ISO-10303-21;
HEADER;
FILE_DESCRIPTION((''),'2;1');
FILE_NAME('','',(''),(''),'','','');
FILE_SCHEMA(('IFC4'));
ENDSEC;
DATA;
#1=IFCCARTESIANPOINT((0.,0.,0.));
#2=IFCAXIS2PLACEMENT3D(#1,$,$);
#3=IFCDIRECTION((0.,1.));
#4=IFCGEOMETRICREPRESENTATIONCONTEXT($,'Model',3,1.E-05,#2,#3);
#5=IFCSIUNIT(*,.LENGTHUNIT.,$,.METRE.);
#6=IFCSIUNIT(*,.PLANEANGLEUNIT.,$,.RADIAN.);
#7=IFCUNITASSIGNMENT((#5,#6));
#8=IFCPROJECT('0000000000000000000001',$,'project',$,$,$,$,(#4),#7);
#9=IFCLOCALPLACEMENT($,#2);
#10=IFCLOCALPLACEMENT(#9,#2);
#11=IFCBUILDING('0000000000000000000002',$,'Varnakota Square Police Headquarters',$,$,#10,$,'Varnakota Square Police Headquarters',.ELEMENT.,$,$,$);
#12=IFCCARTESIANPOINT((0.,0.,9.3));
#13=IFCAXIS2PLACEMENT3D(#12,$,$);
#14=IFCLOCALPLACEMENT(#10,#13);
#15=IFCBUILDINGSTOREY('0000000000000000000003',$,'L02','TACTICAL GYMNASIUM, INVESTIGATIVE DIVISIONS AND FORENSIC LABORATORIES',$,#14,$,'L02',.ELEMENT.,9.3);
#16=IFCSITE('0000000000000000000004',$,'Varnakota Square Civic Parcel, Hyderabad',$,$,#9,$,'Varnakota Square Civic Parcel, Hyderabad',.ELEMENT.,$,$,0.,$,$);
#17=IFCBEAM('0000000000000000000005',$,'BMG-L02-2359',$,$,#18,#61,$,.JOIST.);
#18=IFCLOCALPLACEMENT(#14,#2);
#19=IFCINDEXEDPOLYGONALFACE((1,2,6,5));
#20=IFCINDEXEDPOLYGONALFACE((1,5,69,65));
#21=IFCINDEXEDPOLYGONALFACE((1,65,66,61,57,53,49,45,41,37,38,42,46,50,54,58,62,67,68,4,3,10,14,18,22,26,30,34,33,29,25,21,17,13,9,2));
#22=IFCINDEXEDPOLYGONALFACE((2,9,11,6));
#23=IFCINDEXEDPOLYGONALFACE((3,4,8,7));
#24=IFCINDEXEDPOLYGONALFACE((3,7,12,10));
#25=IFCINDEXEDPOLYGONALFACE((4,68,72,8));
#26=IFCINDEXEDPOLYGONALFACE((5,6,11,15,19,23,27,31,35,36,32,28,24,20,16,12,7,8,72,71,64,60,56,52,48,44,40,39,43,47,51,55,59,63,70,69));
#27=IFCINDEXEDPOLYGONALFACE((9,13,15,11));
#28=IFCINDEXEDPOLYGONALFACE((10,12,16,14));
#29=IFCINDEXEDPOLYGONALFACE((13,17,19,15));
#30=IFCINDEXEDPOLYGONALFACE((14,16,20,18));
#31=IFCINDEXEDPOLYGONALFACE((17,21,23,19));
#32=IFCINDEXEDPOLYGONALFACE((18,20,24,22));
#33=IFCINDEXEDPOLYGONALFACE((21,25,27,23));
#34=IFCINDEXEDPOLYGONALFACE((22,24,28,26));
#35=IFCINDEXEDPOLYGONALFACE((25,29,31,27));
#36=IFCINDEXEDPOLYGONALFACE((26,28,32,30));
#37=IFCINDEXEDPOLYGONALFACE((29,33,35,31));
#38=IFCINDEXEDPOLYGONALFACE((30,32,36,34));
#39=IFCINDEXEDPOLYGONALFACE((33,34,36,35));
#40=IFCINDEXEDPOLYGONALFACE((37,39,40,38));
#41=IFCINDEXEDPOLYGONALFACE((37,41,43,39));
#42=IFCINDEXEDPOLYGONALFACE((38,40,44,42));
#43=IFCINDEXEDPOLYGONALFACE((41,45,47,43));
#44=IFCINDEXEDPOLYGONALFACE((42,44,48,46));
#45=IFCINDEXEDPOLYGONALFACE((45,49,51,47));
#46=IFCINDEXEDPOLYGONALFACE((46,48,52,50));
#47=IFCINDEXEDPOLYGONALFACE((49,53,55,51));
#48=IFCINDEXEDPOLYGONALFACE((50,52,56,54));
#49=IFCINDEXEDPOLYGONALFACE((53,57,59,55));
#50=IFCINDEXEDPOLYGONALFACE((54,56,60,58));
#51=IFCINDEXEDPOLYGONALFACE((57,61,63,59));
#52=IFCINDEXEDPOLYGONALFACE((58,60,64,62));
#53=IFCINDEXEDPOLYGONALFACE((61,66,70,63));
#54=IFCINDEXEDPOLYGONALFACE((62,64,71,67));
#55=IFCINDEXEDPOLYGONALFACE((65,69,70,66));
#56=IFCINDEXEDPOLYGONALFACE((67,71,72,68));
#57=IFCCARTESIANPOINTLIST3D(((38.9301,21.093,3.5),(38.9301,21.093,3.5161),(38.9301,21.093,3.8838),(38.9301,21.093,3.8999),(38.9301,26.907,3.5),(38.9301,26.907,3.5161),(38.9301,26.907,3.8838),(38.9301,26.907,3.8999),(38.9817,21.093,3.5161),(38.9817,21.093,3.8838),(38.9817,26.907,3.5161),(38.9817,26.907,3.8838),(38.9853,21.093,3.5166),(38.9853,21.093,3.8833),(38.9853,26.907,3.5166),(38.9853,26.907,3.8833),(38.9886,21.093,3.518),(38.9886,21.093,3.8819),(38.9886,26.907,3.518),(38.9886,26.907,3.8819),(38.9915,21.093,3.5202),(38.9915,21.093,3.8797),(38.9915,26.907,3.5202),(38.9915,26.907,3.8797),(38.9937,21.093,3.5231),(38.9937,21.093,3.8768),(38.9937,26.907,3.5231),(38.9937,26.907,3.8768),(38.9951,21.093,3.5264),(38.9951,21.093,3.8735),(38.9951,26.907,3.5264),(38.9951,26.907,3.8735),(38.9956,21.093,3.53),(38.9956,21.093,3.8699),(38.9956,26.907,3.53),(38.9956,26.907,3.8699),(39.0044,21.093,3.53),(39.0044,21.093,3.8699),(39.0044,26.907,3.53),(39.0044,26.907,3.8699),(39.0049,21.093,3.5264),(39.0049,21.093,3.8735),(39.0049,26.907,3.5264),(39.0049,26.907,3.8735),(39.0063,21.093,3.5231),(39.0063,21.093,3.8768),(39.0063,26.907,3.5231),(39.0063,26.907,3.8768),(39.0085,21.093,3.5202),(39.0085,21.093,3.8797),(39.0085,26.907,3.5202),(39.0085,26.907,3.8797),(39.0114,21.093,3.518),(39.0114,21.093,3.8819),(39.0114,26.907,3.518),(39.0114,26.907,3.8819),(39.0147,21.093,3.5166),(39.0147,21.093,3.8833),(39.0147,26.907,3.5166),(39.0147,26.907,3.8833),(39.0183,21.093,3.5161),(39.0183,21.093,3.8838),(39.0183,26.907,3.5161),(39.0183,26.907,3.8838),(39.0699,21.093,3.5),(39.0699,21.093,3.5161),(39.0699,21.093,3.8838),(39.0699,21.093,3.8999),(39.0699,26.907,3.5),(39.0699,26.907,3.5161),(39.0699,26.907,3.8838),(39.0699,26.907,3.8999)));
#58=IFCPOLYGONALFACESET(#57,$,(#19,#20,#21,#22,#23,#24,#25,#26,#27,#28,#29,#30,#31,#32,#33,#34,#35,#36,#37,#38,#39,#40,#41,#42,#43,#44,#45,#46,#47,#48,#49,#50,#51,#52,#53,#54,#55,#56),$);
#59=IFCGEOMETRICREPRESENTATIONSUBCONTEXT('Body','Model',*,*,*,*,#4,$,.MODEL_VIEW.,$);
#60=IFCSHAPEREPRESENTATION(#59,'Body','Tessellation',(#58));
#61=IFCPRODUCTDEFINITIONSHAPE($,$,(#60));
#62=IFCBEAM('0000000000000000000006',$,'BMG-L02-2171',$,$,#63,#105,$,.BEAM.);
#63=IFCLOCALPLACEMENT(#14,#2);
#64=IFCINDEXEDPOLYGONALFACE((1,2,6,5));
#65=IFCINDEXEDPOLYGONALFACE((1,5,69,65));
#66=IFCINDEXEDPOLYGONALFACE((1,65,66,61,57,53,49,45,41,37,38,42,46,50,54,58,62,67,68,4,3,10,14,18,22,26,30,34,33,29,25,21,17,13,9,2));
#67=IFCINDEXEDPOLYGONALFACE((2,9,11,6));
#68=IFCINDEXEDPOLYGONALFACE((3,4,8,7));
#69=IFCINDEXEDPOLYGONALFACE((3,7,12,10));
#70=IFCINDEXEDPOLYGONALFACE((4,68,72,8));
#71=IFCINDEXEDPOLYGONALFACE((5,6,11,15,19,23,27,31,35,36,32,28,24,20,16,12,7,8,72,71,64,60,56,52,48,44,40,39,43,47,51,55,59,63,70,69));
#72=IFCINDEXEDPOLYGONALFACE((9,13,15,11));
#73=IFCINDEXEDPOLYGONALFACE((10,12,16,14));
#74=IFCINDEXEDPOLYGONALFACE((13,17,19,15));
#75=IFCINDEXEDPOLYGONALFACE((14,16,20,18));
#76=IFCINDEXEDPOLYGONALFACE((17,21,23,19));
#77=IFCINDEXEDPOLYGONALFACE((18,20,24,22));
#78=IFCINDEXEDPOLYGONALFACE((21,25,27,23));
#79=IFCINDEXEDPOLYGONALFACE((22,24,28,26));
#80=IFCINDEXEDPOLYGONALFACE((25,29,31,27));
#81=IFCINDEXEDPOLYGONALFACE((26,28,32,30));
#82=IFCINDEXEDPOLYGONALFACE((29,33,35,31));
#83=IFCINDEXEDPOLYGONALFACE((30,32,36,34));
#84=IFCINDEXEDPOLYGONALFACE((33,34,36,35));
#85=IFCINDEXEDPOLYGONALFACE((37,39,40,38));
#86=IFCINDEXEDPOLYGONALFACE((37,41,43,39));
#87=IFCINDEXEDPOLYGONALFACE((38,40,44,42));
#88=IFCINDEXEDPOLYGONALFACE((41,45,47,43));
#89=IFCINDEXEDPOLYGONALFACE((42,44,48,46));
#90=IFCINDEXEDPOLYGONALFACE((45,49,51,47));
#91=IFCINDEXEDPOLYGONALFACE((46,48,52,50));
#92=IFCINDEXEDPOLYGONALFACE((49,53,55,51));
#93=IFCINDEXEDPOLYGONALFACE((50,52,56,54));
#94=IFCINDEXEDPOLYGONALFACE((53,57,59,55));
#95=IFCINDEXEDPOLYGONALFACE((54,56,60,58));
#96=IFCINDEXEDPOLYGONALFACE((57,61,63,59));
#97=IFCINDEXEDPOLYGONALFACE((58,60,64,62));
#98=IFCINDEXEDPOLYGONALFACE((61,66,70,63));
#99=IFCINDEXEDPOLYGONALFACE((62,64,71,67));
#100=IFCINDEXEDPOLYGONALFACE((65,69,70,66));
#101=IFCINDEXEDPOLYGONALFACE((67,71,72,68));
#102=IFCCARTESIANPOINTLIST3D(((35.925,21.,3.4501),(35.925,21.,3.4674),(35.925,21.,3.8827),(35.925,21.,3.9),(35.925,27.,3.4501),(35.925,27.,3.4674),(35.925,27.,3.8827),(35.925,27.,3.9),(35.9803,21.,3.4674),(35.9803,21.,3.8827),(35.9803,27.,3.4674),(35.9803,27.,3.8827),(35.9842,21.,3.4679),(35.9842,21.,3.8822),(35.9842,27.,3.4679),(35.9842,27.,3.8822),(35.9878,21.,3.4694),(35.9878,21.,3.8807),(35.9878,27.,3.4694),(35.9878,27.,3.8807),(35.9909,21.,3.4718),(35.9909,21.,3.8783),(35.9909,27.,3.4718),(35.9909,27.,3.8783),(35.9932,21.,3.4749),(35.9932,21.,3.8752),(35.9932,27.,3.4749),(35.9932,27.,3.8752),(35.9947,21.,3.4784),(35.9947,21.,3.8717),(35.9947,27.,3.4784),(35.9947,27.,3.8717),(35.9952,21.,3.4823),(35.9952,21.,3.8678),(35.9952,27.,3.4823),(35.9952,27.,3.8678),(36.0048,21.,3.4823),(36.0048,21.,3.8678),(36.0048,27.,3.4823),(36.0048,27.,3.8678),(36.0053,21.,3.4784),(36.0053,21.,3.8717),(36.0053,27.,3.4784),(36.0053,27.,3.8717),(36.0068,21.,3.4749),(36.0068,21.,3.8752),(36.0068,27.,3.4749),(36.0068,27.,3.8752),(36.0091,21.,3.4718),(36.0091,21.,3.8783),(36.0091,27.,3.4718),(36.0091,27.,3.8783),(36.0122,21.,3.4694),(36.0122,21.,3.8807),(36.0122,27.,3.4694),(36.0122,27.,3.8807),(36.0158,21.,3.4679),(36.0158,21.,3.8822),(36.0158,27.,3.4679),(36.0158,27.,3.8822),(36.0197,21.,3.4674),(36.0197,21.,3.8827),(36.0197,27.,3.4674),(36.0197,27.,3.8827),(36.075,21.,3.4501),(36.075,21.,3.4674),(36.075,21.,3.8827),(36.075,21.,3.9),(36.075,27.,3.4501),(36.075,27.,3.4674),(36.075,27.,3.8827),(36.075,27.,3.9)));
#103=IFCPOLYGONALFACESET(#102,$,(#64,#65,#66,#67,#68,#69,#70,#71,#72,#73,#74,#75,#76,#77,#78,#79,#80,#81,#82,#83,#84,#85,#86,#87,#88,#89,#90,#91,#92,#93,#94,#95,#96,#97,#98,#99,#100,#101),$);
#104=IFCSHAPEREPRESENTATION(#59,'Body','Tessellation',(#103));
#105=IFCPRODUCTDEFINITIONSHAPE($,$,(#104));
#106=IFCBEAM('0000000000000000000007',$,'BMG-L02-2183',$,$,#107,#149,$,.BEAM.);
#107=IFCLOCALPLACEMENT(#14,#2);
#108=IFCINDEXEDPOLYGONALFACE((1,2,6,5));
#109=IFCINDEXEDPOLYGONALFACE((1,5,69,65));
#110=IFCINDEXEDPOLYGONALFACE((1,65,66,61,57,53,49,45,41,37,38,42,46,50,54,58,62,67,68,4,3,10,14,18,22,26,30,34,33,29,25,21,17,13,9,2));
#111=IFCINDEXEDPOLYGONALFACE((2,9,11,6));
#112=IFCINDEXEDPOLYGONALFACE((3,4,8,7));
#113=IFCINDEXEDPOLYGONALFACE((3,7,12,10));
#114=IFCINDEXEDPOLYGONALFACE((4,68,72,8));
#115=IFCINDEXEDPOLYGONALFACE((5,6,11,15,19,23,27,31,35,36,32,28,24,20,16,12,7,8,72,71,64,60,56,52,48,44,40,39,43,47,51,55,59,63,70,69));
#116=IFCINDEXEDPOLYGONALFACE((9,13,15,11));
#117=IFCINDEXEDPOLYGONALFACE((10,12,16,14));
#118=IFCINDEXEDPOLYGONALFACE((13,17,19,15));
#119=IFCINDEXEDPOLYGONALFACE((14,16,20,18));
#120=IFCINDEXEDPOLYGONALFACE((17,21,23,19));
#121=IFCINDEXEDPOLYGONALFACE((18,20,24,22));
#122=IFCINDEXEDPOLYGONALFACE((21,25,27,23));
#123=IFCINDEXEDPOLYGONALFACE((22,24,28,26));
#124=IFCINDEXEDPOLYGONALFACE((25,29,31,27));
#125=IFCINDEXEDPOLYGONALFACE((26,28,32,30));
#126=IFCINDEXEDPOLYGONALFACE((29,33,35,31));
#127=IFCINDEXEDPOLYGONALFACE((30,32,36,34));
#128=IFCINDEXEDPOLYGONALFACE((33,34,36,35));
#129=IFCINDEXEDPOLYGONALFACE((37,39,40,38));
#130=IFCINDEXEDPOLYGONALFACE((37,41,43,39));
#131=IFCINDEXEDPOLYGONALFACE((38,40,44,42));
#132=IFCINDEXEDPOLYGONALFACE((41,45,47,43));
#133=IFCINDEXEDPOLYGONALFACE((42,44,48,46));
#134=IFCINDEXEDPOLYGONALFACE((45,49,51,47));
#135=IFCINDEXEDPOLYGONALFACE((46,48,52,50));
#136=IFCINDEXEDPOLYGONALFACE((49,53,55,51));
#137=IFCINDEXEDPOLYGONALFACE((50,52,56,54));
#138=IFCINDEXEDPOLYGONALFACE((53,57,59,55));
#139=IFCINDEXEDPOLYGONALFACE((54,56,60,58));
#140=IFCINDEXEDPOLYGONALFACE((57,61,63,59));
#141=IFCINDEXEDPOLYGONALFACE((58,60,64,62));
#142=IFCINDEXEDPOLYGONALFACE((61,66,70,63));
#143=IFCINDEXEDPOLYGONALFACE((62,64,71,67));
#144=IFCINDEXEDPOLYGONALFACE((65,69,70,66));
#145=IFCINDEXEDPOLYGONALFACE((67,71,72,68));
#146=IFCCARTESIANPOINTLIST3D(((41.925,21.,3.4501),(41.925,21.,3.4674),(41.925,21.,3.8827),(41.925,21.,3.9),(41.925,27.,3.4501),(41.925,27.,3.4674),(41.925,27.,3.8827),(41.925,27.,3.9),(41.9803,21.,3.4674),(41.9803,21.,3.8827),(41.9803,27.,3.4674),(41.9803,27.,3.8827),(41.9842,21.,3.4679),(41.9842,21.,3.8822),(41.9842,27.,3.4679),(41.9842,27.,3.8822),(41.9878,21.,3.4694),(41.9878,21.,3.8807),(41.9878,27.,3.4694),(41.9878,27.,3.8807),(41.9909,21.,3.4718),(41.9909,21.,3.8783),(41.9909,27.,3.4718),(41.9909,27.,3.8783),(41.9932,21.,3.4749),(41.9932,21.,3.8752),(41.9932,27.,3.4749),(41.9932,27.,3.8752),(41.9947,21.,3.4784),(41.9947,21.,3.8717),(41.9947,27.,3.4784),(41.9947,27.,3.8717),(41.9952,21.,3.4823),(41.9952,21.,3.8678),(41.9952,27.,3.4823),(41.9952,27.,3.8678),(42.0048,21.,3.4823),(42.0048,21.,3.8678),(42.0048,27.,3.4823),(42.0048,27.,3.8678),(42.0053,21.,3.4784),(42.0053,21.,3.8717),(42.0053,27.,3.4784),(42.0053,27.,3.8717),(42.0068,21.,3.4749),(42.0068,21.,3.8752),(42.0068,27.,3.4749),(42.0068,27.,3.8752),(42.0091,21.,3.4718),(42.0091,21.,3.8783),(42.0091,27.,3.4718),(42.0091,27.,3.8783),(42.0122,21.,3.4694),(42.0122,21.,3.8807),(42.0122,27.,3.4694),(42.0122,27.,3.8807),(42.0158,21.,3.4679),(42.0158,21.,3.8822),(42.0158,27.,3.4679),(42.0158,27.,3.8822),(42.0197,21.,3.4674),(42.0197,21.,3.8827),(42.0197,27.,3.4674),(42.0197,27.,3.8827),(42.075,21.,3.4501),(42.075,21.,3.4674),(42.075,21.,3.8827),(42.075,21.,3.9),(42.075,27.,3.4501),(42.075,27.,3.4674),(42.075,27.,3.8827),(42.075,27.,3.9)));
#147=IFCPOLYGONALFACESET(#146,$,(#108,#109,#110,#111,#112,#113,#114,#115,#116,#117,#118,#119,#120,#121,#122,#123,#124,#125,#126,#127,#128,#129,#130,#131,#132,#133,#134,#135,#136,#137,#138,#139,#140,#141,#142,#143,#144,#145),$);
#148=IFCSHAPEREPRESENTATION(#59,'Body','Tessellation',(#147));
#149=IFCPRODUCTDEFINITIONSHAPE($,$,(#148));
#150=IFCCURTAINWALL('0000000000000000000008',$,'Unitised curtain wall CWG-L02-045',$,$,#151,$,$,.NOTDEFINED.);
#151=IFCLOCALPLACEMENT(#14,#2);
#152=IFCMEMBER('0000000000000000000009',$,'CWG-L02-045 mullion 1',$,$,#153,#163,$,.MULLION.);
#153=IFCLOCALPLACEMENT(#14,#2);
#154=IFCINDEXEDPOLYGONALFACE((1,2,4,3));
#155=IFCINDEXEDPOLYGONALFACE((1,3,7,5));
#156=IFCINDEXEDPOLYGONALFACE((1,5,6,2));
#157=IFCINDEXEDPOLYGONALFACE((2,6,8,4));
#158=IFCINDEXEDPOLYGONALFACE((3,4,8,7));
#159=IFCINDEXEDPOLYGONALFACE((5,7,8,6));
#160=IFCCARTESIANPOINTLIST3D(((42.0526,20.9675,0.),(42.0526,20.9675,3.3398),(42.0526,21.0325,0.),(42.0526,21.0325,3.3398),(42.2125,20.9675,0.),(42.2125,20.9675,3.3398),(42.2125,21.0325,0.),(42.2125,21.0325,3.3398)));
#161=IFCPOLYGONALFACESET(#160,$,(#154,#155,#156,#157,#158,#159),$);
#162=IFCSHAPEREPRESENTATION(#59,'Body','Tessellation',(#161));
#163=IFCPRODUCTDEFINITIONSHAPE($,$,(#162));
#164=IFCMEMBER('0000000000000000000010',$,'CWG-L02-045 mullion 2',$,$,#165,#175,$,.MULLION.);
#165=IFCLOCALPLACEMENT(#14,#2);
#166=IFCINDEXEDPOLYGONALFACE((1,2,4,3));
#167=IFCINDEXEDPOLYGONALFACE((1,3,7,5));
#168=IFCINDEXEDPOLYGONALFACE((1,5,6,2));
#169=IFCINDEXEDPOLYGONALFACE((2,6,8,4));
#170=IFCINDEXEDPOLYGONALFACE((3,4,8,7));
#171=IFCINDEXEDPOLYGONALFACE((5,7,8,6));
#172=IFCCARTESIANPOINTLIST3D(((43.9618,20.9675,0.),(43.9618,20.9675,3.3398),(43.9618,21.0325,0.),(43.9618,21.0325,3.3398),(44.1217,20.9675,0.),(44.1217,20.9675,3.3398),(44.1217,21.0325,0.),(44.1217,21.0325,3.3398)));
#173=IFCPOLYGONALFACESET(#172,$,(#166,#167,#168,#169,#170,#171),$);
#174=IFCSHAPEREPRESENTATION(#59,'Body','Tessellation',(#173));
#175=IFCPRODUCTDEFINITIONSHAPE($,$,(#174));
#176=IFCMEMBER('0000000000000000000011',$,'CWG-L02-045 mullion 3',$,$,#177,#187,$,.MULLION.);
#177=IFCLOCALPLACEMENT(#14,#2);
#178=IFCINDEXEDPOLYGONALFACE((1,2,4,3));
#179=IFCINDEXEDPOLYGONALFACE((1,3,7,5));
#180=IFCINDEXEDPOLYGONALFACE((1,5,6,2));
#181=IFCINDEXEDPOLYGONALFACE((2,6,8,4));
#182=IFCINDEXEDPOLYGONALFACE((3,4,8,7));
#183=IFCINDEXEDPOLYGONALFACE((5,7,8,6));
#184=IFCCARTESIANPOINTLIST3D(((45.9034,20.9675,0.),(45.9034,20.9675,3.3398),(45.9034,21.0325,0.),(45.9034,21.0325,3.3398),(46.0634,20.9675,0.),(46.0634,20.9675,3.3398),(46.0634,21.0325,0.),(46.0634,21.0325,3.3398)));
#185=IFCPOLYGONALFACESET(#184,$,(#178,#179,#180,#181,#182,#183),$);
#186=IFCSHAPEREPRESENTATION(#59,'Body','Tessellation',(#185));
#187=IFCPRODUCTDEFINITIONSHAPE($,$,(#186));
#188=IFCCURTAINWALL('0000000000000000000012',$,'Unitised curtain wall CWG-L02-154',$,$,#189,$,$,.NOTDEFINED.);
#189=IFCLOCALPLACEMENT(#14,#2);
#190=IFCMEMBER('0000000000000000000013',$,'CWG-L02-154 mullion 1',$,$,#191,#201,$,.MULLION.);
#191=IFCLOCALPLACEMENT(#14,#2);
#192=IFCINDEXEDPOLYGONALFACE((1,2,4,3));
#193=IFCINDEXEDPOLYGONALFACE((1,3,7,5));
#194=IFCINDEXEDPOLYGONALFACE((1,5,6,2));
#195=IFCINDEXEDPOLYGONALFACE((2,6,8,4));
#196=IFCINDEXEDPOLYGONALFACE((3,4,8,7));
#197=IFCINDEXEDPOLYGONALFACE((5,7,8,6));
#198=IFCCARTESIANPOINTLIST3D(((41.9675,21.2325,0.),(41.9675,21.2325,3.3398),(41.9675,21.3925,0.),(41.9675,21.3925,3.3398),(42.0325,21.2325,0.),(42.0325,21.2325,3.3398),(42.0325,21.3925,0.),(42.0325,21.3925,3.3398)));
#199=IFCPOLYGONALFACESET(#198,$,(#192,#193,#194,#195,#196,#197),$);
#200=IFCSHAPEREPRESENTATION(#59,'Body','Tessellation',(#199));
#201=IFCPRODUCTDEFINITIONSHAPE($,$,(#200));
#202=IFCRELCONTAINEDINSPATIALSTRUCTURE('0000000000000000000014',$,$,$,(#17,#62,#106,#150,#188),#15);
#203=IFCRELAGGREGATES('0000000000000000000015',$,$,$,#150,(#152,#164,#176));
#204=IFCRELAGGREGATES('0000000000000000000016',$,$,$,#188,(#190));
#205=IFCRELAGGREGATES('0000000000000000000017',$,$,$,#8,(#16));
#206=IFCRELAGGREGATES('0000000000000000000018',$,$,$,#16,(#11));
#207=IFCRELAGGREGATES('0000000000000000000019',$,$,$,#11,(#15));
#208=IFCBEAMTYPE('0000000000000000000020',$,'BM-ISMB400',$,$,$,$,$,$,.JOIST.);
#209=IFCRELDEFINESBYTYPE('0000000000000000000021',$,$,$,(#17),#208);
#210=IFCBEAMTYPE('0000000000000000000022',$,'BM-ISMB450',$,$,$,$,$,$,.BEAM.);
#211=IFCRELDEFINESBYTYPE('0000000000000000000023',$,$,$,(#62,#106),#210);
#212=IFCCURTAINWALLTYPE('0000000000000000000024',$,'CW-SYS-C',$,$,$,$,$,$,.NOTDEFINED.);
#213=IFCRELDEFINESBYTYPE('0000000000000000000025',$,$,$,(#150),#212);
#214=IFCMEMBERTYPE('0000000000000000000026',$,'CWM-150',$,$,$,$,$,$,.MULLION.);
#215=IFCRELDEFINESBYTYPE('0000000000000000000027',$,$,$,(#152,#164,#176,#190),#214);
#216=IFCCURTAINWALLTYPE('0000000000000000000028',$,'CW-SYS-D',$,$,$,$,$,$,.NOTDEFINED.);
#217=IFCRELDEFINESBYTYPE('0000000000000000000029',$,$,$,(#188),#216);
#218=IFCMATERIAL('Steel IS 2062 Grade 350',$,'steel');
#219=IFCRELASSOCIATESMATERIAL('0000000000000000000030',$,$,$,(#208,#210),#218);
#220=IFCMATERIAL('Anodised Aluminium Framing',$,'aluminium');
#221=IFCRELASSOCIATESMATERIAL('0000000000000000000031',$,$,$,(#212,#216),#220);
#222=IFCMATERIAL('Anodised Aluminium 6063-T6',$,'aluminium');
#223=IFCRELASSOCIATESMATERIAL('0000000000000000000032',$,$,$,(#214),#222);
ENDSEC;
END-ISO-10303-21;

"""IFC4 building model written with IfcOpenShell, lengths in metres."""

from ifc_helpers import new_model, si_unit, direction, frame, origin, origin_2d, place, context, subcontext, project, spatial, rectangle, i_section, extrude, material, material_profile, profile_set, type_object, element, aggregate, save


model = new_model("IFC4")

# Units and contexts
model_context = context("Model", 3, precision=1e-05, world=origin(), true_north=direction((0.0, 1.0)))
body_context = subcontext(model_context, "Body", "Model", "MODEL_VIEW")
ifc_project = project(units=[si_unit("LENGTHUNIT", "METRE"), si_unit("PLANEANGLEUNIT", "RADIAN")], contexts=[model_context])

# Site, building, storey
site_placement = place(None, origin())
site = spatial("IfcSite", under=ifc_project, at=site_placement, Name="Varnakota Square Civic Parcel, Hyderabad", LongName="Varnakota Square Civic Parcel, Hyderabad", CompositionType="ELEMENT", RefElevation=0.0)
building_placement = place(site_placement, origin())
building = spatial("IfcBuilding", under=site, at=building_placement, Name="Varnakota Square Police Headquarters", LongName="Varnakota Square Police Headquarters", CompositionType="ELEMENT")
storey_placement = place(building_placement, frame((0.0, 0.0, 9.3)))
storey = spatial("IfcBuildingStorey", under=building, at=storey_placement, Name="L02", Description="TACTICAL GYMNASIUM, INVESTIGATIVE DIVISIONS AND FORENSIC LABORATORIES", LongName="L02", CompositionType="ELEMENT", Elevation=9.3)

# Shared definitions
ifc_material_1 = material(Name="Steel IS 2062 Grade 350", Category="steel")

# Beams
ifc_material_profile_1 = material_profile(ifc_material_1, i_section(OverallWidth=0.1399, OverallDepth=0.3999, WebThickness=0.0088, FlangeThickness=0.0161, FilletRadius=0.0139, at=origin_2d()), Name="ISMB 400")
ifc_profile_set_1 = profile_set([ifc_material_profile_1], Name="Steel IS 2062 Grade 350")
beam_type_1 = type_object("IfcBeamType", Name="BM-ISMB400", PredefinedType="JOIST", material=ifc_profile_set_1)
beam_1_placement = place(storey_placement, frame((39.0, 21.093, 3.7), z_axis=(0.0, 1.0, 0.0), x_axis=(-1.0, 0.0, 0.0)))
element("IfcBeam", 1, at=beam_1_placement, inside=storey, type_object=beam_type_1, Name="BMG-L02-2359", PredefinedType="JOIST", context=body_context, shape_type="SweptSolid", body=[
    extrude(i_section(OverallWidth=0.1399, OverallDepth=0.3999, WebThickness=0.0088, FlangeThickness=0.0161, FilletRadius=0.0139, at=origin_2d()), origin(), (0.0, 0.0, 1.0), 5.814),
])
ifc_material_profile_2 = material_profile(ifc_material_1, i_section(OverallWidth=0.1499, OverallDepth=0.45, WebThickness=0.0095, FlangeThickness=0.0173, FilletRadius=0.0149, at=origin_2d()), Name="ISMB 450")
ifc_profile_set_2 = profile_set([ifc_material_profile_2], Name="Steel IS 2062 Grade 350")
beam_type_2 = type_object("IfcBeamType", Name="BM-ISMB450", PredefinedType="BEAM", material=ifc_profile_set_2)
for number, where, z_axis, x_axis, name in (
    (2, (36.0, 21.0, 3.675), (0.0, 1.0, 0.0), (-1.0, 0.0, 0.0), "BMG-L02-2171"),
    (3, (42.0, 21.0, 3.675), (0.0, 1.0, 0.0), (-1.0, 0.0, 0.0), "BMG-L02-2183"),
):
    element("IfcBeam", number, at=place(storey_placement, frame(where, z_axis=z_axis, x_axis=x_axis)), inside=storey, type_object=beam_type_2, Name=name, PredefinedType="BEAM", context=body_context, shape_type="SweptSolid", body=[
        extrude(i_section(OverallWidth=0.1499, OverallDepth=0.45, WebThickness=0.0095, FlangeThickness=0.0173, FilletRadius=0.0149, at=origin_2d()), origin(), (0.0, 0.0, 1.0), 6.0),
    ])

# Curtain walls, members
ifc_material_2 = material(Name="Anodised Aluminium Framing", Category="aluminium")
curtain_wall_type_1 = type_object("IfcCurtainWallType", Name="CW-SYS-C", PredefinedType="NOTDEFINED", material=ifc_material_2)
curtain_wall_1_placement = place(storey_placement, origin())
curtain_wall_1 = element("IfcCurtainWall", 4, at=curtain_wall_1_placement, inside=storey, type_object=curtain_wall_type_1, Name="Unitised curtain wall CWG-L02-045", PredefinedType="NOTDEFINED")
ifc_material_3 = material(Name="Anodised Aluminium 6063-T6", Category="aluminium")
ifc_material_profile_3 = material_profile(ifc_material_3, rectangle(XDim=0.0649, YDim=0.1599, at=origin_2d()), Name="ALU MULLION 65x160")
ifc_profile_set_3 = profile_set([ifc_material_profile_3], Name="Anodised Aluminium 6063-T6")
member_type_1 = type_object("IfcMemberType", Name="CWM-150", PredefinedType="MULLION", material=ifc_profile_set_3)
member_1_placement = place(storey_placement, frame((42.1326, 21.0, 0.0), z_axis=(0.0, 0.0, 1.0), x_axis=(0.0, 1.0, 0.0)))
member_1 = element("IfcMember", 5, at=member_1_placement, type_object=member_type_1, Name="CWG-L02-045 mullion 1", PredefinedType="MULLION", context=body_context, shape_type="SweptSolid", body=[
    extrude(rectangle(XDim=0.0649, YDim=0.1599, at=origin_2d()), origin(), (0.0, 0.0, 1.0), 3.3398),
])
member_2_placement = place(storey_placement, frame((44.0417, 21.0, 0.0), z_axis=(0.0, 0.0, 1.0), x_axis=(0.0, 1.0, 0.0)))
member_2 = element("IfcMember", 6, at=member_2_placement, type_object=member_type_1, Name="CWG-L02-045 mullion 2", PredefinedType="MULLION", context=body_context, shape_type="SweptSolid", body=[
    extrude(rectangle(XDim=0.0649, YDim=0.1599, at=origin_2d()), origin(), (0.0, 0.0, 1.0), 3.3398),
])
member_3_placement = place(storey_placement, frame((45.9834, 21.0, 0.0), z_axis=(0.0, 0.0, 1.0), x_axis=(0.0, 1.0, 0.0)))
member_3 = element("IfcMember", 7, at=member_3_placement, type_object=member_type_1, Name="CWG-L02-045 mullion 3", PredefinedType="MULLION", context=body_context, shape_type="SweptSolid", body=[
    extrude(rectangle(XDim=0.0649, YDim=0.1599, at=origin_2d()), origin(), (0.0, 0.0, 1.0), 3.3398),
])
curtain_wall_type_2 = type_object("IfcCurtainWallType", Name="CW-SYS-D", PredefinedType="NOTDEFINED", material=ifc_material_2)
curtain_wall_2_placement = place(storey_placement, origin())
curtain_wall_2 = element("IfcCurtainWall", 8, at=curtain_wall_2_placement, inside=storey, type_object=curtain_wall_type_2, Name="Unitised curtain wall CWG-L02-154", PredefinedType="NOTDEFINED")
member_4_placement = place(storey_placement, frame((42.0, 21.3125, 0.0), z_axis=(0.0, 0.0, 1.0), x_axis=(-1.0, 0.0, 0.0)))
member_4 = element("IfcMember", 9, at=member_4_placement, type_object=member_type_1, Name="CWG-L02-154 mullion 1", PredefinedType="MULLION", context=body_context, shape_type="SweptSolid", body=[
    extrude(rectangle(XDim=0.0649, YDim=0.1599, at=origin_2d()), origin(), (0.0, 0.0, 1.0), 3.3398),
])

aggregate(curtain_wall_1, [member_1, member_2, member_3])
aggregate(curtain_wall_2, [member_4])

save(model, "model.ifc")
